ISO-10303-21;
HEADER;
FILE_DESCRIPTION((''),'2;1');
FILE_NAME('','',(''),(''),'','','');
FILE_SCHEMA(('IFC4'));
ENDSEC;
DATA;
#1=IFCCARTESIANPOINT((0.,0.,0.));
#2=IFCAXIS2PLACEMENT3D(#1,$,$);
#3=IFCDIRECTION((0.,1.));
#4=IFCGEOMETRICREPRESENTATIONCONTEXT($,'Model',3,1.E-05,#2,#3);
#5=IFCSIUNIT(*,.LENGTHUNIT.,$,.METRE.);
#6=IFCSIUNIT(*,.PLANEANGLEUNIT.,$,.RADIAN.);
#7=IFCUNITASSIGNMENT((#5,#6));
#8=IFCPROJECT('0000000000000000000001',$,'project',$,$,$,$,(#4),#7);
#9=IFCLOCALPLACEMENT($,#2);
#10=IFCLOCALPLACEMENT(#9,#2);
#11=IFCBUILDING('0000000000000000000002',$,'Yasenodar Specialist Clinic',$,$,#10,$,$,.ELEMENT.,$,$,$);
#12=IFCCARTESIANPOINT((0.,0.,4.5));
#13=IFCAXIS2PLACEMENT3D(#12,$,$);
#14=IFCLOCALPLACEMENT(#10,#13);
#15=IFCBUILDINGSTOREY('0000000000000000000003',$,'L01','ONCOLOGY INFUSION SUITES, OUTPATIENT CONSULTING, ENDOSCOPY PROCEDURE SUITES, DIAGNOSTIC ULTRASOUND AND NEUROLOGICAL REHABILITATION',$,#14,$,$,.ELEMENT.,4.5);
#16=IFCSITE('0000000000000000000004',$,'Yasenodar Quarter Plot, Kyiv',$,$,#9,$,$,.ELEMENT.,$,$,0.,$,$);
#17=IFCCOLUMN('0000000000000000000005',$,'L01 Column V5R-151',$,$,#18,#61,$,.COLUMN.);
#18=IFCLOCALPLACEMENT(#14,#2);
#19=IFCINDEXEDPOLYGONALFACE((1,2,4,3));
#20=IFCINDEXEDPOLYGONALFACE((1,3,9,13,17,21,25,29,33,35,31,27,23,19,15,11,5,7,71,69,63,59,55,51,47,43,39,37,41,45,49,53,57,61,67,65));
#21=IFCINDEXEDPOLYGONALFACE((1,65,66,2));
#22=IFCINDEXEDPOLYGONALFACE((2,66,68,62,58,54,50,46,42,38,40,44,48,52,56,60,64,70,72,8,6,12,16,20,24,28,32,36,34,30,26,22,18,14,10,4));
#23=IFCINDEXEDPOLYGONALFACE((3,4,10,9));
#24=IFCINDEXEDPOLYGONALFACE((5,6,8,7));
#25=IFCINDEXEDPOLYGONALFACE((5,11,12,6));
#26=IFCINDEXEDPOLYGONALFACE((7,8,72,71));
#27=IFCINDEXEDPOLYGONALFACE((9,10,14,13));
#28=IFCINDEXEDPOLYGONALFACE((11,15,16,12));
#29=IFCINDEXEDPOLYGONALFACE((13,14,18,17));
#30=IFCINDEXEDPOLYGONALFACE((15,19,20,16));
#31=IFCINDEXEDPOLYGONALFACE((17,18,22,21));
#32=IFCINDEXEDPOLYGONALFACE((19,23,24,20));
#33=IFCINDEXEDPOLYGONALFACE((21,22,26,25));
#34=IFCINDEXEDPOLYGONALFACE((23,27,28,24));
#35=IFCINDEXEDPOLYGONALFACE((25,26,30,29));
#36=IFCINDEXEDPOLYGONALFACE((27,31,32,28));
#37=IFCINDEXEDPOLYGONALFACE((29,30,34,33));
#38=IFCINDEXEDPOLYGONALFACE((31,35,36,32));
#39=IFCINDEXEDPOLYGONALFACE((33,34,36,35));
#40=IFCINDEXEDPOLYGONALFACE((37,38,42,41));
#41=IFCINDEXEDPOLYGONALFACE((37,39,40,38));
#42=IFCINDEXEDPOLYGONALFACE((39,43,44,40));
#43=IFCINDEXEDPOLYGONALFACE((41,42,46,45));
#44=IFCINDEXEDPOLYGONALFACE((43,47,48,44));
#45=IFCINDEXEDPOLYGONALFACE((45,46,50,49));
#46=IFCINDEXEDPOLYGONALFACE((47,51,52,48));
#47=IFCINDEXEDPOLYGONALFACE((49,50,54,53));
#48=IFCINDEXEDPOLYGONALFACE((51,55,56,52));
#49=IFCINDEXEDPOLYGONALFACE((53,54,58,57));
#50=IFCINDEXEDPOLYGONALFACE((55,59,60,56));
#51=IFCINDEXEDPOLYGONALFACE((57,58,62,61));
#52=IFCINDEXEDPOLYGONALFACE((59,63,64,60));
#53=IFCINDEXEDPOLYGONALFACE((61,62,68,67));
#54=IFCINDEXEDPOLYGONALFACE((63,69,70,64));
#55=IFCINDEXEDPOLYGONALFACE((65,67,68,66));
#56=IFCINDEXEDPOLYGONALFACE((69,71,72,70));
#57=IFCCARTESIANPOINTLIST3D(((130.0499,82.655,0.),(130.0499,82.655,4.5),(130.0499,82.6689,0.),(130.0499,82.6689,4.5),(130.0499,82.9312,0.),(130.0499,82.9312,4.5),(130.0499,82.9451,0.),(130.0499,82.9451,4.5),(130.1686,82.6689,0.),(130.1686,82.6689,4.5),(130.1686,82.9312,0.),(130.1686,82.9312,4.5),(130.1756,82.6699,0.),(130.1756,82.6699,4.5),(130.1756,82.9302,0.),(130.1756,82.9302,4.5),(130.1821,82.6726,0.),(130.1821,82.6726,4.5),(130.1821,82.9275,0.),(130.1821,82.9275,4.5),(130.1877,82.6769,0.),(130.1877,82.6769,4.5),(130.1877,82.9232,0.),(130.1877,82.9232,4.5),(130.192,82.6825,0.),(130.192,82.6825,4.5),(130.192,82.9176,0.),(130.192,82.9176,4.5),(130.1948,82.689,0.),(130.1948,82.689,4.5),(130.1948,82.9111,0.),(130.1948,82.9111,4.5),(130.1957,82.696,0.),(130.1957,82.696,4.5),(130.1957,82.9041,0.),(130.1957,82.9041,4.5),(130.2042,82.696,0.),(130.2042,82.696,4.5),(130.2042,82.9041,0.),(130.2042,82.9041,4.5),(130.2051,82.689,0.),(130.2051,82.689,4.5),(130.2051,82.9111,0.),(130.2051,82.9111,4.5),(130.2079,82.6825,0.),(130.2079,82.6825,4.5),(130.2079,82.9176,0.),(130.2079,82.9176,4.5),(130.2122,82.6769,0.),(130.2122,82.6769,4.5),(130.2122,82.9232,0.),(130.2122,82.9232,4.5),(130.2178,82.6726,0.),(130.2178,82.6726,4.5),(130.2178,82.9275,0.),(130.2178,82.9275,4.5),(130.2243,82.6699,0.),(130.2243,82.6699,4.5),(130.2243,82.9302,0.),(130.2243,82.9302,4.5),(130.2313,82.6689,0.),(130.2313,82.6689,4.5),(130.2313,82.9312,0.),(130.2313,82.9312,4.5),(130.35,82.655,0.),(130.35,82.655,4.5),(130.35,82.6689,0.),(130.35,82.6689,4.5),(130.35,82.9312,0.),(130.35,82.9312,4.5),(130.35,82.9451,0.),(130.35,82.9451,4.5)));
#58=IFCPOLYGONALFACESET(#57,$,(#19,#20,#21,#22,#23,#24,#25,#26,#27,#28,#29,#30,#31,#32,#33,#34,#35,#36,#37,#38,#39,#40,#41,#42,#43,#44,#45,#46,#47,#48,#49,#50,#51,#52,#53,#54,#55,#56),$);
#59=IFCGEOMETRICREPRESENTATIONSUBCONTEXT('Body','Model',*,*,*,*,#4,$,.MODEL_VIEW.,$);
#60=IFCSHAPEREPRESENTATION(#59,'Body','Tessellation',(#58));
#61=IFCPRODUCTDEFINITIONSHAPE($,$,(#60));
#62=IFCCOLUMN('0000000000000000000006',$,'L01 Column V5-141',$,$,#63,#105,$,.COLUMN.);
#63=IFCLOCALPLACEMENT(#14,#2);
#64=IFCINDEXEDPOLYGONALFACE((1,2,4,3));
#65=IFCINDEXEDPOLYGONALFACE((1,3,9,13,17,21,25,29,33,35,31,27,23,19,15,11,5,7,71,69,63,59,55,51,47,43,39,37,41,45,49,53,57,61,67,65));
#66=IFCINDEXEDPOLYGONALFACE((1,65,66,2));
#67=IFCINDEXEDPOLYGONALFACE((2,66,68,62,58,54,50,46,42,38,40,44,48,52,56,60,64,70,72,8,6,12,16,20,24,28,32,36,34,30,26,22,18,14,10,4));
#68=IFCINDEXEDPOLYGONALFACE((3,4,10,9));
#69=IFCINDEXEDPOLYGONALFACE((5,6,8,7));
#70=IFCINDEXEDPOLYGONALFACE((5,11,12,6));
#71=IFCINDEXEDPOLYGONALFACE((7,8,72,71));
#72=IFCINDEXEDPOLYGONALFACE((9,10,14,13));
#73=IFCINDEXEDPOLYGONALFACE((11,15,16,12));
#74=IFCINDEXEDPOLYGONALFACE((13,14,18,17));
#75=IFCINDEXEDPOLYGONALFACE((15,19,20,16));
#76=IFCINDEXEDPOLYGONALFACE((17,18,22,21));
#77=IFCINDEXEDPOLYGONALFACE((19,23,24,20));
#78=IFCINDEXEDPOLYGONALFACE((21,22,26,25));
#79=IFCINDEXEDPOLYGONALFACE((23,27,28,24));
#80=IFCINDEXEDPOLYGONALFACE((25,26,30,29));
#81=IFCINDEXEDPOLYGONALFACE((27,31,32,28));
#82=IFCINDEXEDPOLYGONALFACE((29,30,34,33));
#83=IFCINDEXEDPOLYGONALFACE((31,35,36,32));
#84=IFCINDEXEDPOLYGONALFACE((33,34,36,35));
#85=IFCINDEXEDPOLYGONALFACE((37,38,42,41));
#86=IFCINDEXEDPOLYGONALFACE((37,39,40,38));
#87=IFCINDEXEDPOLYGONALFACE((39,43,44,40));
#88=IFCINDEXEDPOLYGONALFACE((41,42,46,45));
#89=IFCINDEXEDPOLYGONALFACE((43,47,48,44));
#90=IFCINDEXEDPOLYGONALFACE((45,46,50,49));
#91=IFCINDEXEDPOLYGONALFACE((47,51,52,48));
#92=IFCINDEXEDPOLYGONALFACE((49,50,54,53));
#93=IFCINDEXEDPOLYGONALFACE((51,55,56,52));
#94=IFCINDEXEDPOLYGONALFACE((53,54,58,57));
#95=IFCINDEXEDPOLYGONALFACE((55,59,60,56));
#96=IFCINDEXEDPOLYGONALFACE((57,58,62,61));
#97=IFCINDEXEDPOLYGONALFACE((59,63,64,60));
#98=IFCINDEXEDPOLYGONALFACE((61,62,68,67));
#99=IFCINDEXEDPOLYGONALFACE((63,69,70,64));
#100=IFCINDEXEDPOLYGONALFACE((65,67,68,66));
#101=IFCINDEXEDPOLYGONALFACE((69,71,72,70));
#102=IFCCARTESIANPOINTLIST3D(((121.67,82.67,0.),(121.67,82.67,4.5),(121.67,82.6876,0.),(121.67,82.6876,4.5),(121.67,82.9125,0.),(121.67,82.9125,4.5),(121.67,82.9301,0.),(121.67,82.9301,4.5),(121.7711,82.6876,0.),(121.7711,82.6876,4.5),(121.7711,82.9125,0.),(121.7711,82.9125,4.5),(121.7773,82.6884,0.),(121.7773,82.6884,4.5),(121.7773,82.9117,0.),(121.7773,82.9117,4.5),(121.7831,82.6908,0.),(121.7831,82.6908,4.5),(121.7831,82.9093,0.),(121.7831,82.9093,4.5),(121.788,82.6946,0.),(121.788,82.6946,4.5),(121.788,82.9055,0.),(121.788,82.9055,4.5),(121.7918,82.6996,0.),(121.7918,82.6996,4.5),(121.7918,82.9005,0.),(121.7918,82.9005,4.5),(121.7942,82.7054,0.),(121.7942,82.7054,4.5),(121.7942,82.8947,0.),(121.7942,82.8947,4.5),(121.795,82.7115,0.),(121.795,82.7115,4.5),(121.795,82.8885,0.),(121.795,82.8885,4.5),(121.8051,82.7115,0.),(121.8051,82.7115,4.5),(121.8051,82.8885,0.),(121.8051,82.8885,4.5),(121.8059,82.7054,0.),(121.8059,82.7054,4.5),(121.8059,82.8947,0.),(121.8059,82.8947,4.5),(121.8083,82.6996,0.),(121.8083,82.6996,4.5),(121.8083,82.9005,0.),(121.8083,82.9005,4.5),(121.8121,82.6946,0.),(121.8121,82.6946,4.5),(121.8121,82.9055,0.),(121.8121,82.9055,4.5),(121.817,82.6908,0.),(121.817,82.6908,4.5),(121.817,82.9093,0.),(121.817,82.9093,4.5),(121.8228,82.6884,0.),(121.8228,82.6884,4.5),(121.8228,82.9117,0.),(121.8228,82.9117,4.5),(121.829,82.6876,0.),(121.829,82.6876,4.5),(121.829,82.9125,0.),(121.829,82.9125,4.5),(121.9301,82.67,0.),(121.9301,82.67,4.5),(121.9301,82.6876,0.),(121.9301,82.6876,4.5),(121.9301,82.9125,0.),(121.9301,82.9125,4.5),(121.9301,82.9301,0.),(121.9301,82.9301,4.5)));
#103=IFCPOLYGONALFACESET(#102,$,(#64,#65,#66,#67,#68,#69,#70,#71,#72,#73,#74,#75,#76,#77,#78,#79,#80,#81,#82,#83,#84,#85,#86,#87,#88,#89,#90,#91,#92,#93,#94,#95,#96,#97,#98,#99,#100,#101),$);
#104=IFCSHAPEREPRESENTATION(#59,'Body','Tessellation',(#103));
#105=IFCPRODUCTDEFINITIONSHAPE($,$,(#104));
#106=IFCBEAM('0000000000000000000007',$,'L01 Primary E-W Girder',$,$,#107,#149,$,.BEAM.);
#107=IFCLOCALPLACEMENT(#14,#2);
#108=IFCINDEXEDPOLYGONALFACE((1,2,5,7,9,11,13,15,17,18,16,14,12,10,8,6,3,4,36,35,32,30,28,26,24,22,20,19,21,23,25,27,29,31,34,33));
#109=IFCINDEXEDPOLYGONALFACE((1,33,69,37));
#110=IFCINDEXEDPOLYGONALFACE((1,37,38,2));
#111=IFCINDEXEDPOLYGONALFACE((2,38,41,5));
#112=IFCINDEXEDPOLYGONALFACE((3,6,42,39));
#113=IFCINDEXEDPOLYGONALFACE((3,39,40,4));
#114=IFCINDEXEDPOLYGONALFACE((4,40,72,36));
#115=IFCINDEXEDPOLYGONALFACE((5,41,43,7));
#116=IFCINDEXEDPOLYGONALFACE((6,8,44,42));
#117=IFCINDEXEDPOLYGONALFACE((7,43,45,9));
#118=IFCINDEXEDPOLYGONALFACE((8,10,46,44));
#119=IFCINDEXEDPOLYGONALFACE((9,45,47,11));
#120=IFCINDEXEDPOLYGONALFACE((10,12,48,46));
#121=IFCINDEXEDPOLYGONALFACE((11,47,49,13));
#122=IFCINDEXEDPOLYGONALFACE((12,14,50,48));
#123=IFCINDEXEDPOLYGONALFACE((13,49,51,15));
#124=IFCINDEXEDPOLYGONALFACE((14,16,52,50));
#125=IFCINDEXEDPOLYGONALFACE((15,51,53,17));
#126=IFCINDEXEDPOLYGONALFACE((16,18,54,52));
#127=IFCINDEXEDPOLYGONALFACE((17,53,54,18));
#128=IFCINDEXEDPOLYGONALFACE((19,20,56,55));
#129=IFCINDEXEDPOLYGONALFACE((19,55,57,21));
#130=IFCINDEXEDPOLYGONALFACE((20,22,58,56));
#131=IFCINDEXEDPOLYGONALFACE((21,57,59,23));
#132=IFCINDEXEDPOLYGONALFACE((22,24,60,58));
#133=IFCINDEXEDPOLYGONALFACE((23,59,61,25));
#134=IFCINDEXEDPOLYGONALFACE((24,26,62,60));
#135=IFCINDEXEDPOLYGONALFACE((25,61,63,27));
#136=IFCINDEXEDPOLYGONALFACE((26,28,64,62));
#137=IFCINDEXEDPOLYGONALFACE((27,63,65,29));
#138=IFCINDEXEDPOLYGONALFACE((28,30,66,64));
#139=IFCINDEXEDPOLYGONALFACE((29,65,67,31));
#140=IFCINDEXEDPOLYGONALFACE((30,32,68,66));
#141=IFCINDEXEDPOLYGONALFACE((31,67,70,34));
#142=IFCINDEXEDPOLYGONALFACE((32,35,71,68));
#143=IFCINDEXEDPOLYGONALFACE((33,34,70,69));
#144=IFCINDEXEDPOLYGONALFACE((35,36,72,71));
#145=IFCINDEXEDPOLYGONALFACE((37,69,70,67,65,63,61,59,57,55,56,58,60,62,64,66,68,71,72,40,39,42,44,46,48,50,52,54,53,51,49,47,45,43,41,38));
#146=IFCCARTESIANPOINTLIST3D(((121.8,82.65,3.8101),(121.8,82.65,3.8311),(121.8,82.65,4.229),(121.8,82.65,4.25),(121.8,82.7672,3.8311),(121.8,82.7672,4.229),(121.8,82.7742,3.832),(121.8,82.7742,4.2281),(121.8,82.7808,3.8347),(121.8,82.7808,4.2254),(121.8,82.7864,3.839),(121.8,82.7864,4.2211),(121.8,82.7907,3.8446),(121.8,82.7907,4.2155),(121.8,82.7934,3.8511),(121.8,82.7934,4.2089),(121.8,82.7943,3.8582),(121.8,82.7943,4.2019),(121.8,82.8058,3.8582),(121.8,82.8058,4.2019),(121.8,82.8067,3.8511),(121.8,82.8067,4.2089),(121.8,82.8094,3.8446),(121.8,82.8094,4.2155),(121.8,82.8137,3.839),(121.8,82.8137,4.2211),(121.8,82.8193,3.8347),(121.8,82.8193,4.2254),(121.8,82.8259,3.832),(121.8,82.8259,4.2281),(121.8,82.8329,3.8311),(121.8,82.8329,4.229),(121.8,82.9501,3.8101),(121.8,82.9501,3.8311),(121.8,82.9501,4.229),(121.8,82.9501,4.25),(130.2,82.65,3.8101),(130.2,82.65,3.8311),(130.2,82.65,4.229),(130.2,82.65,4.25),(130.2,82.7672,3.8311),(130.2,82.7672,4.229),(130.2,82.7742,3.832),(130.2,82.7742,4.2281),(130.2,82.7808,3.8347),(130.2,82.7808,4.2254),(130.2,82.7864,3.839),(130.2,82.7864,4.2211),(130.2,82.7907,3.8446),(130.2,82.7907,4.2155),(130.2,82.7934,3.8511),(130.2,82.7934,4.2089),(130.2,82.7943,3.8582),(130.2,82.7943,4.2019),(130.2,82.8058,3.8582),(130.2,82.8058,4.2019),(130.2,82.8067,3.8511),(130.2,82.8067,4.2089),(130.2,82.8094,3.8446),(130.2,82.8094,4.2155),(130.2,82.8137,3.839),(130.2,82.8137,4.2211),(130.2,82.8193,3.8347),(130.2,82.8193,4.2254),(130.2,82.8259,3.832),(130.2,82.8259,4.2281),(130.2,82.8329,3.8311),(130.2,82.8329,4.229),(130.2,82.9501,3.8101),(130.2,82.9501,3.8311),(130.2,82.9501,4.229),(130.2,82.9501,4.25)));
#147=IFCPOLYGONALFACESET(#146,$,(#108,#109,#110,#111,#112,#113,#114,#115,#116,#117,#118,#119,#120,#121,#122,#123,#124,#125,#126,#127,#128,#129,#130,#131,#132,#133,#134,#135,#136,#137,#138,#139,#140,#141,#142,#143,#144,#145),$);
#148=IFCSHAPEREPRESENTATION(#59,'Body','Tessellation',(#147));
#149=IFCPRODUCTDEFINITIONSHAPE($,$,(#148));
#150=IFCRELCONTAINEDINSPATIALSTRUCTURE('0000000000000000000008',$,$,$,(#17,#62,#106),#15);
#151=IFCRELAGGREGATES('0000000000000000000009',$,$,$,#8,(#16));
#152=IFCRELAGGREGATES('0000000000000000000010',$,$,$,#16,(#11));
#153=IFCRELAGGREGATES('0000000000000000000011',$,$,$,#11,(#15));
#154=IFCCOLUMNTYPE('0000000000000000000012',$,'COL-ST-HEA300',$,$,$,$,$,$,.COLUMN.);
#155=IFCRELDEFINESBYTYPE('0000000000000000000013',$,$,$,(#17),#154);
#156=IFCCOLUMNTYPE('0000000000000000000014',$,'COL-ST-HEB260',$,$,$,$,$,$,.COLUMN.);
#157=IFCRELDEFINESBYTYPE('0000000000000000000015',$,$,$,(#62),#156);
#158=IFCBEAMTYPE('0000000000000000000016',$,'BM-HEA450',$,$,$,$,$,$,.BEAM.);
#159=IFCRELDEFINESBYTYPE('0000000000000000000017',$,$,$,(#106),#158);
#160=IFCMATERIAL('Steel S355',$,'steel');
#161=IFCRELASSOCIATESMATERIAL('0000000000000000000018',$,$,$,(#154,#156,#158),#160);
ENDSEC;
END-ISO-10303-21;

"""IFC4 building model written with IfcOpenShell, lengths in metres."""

from ifc_helpers import new_model, si_unit, direction, frame, origin, origin_2d, place, context, subcontext, project, spatial, i_section, extrude, material, material_profile, profile_set, type_object, element, save


model = new_model("IFC4")

# Units and contexts
model_context = context("Model", 3, precision=1e-05, world=origin(), true_north=direction((0.0, 1.0)))
body_context = subcontext(model_context, "Body", "Model", "MODEL_VIEW")
ifc_project = project(units=[si_unit("LENGTHUNIT", "METRE"), si_unit("PLANEANGLEUNIT", "RADIAN")], contexts=[model_context])

# Site, building, storey
site_placement = place(None, origin())
site = spatial("IfcSite", under=ifc_project, at=site_placement, Name="Yasenodar Quarter Plot, Kyiv", CompositionType="ELEMENT", RefElevation=0.0)
building_placement = place(site_placement, origin())
building = spatial("IfcBuilding", under=site, at=building_placement, Name="Yasenodar Specialist Clinic", CompositionType="ELEMENT")
storey_placement = place(building_placement, frame((0.0, 0.0, 4.5)))
storey = spatial("IfcBuildingStorey", under=building, at=storey_placement, Name="L01", Description="ONCOLOGY INFUSION SUITES, OUTPATIENT CONSULTING, ENDOSCOPY PROCEDURE SUITES, DIAGNOSTIC ULTRASOUND AND NEUROLOGICAL REHABILITATION", CompositionType="ELEMENT", Elevation=4.5)

# Columns
ifc_material_1 = material(Name="Steel S355", Category="steel")
ifc_material_profile_1 = material_profile(ifc_material_1, i_section(OverallWidth=0.3, OverallDepth=0.29, WebThickness=0.0085, FlangeThickness=0.0139, FilletRadius=0.0271, at=origin_2d()), Name="HEA 300")
ifc_profile_set_1 = profile_set([ifc_material_profile_1], Name="Steel S355")
column_type_1 = type_object("IfcColumnType", Name="COL-ST-HEA300", PredefinedType="COLUMN", material=ifc_profile_set_1)
column_1_placement = place(storey_placement, frame((130.2, 82.8, 0.0), z_axis=(0.0, 0.0, 1.0), x_axis=(1.0, 0.0, 0.0)))
element("IfcColumn", 1, at=column_1_placement, inside=storey, type_object=column_type_1, Name="L01 Column V5R-151", PredefinedType="COLUMN", context=body_context, shape_type="SweptSolid", body=[
    extrude(i_section(OverallWidth=0.3, OverallDepth=0.29, WebThickness=0.0085, FlangeThickness=0.0139, FilletRadius=0.0271, at=origin_2d()), origin(), (0.0, 0.0, 1.0), 4.5),
])
ifc_material_profile_2 = material_profile(ifc_material_1, i_section(OverallWidth=0.26, OverallDepth=0.26, WebThickness=0.01, FlangeThickness=0.0176, FilletRadius=0.0239, at=origin_2d()), Name="HEB 260")
ifc_profile_set_2 = profile_set([ifc_material_profile_2], Name="Steel S355")
column_type_2 = type_object("IfcColumnType", Name="COL-ST-HEB260", PredefinedType="COLUMN", material=ifc_profile_set_2)
column_2_placement = place(storey_placement, frame((121.8, 82.8, 0.0), z_axis=(0.0, 0.0, 1.0), x_axis=(1.0, 0.0, 0.0)))
element("IfcColumn", 2, at=column_2_placement, inside=storey, type_object=column_type_2, Name="L01 Column V5-141", PredefinedType="COLUMN", context=body_context, shape_type="SweptSolid", body=[
    extrude(i_section(OverallWidth=0.26, OverallDepth=0.26, WebThickness=0.01, FlangeThickness=0.0176, FilletRadius=0.0239, at=origin_2d()), origin(), (0.0, 0.0, 1.0), 4.5),
])

# Beam
ifc_material_profile_3 = material_profile(ifc_material_1, i_section(OverallWidth=0.3, OverallDepth=0.4399, WebThickness=0.0115, FlangeThickness=0.021, FilletRadius=0.0271, at=origin_2d()), Name="HEA 450")
ifc_profile_set_3 = profile_set([ifc_material_profile_3], Name="Steel S355")
beam_type_1 = type_object("IfcBeamType", Name="BM-HEA450", PredefinedType="BEAM", material=ifc_profile_set_3)
beam_placement = place(storey_placement, frame((121.8, 82.8, 4.03), z_axis=(1.0, 0.0, 0.0), x_axis=(0.0, 1.0, 0.0)))
element("IfcBeam", 3, at=beam_placement, inside=storey, type_object=beam_type_1, Name="L01 Primary E-W Girder", PredefinedType="BEAM", context=body_context, shape_type="SweptSolid", body=[
    extrude(i_section(OverallWidth=0.3, OverallDepth=0.4399, WebThickness=0.0115, FlangeThickness=0.021, FilletRadius=0.0271, at=origin_2d()), origin(), (0.0, 0.0, 1.0), 8.3999),
])

save(model, "model.ifc")
